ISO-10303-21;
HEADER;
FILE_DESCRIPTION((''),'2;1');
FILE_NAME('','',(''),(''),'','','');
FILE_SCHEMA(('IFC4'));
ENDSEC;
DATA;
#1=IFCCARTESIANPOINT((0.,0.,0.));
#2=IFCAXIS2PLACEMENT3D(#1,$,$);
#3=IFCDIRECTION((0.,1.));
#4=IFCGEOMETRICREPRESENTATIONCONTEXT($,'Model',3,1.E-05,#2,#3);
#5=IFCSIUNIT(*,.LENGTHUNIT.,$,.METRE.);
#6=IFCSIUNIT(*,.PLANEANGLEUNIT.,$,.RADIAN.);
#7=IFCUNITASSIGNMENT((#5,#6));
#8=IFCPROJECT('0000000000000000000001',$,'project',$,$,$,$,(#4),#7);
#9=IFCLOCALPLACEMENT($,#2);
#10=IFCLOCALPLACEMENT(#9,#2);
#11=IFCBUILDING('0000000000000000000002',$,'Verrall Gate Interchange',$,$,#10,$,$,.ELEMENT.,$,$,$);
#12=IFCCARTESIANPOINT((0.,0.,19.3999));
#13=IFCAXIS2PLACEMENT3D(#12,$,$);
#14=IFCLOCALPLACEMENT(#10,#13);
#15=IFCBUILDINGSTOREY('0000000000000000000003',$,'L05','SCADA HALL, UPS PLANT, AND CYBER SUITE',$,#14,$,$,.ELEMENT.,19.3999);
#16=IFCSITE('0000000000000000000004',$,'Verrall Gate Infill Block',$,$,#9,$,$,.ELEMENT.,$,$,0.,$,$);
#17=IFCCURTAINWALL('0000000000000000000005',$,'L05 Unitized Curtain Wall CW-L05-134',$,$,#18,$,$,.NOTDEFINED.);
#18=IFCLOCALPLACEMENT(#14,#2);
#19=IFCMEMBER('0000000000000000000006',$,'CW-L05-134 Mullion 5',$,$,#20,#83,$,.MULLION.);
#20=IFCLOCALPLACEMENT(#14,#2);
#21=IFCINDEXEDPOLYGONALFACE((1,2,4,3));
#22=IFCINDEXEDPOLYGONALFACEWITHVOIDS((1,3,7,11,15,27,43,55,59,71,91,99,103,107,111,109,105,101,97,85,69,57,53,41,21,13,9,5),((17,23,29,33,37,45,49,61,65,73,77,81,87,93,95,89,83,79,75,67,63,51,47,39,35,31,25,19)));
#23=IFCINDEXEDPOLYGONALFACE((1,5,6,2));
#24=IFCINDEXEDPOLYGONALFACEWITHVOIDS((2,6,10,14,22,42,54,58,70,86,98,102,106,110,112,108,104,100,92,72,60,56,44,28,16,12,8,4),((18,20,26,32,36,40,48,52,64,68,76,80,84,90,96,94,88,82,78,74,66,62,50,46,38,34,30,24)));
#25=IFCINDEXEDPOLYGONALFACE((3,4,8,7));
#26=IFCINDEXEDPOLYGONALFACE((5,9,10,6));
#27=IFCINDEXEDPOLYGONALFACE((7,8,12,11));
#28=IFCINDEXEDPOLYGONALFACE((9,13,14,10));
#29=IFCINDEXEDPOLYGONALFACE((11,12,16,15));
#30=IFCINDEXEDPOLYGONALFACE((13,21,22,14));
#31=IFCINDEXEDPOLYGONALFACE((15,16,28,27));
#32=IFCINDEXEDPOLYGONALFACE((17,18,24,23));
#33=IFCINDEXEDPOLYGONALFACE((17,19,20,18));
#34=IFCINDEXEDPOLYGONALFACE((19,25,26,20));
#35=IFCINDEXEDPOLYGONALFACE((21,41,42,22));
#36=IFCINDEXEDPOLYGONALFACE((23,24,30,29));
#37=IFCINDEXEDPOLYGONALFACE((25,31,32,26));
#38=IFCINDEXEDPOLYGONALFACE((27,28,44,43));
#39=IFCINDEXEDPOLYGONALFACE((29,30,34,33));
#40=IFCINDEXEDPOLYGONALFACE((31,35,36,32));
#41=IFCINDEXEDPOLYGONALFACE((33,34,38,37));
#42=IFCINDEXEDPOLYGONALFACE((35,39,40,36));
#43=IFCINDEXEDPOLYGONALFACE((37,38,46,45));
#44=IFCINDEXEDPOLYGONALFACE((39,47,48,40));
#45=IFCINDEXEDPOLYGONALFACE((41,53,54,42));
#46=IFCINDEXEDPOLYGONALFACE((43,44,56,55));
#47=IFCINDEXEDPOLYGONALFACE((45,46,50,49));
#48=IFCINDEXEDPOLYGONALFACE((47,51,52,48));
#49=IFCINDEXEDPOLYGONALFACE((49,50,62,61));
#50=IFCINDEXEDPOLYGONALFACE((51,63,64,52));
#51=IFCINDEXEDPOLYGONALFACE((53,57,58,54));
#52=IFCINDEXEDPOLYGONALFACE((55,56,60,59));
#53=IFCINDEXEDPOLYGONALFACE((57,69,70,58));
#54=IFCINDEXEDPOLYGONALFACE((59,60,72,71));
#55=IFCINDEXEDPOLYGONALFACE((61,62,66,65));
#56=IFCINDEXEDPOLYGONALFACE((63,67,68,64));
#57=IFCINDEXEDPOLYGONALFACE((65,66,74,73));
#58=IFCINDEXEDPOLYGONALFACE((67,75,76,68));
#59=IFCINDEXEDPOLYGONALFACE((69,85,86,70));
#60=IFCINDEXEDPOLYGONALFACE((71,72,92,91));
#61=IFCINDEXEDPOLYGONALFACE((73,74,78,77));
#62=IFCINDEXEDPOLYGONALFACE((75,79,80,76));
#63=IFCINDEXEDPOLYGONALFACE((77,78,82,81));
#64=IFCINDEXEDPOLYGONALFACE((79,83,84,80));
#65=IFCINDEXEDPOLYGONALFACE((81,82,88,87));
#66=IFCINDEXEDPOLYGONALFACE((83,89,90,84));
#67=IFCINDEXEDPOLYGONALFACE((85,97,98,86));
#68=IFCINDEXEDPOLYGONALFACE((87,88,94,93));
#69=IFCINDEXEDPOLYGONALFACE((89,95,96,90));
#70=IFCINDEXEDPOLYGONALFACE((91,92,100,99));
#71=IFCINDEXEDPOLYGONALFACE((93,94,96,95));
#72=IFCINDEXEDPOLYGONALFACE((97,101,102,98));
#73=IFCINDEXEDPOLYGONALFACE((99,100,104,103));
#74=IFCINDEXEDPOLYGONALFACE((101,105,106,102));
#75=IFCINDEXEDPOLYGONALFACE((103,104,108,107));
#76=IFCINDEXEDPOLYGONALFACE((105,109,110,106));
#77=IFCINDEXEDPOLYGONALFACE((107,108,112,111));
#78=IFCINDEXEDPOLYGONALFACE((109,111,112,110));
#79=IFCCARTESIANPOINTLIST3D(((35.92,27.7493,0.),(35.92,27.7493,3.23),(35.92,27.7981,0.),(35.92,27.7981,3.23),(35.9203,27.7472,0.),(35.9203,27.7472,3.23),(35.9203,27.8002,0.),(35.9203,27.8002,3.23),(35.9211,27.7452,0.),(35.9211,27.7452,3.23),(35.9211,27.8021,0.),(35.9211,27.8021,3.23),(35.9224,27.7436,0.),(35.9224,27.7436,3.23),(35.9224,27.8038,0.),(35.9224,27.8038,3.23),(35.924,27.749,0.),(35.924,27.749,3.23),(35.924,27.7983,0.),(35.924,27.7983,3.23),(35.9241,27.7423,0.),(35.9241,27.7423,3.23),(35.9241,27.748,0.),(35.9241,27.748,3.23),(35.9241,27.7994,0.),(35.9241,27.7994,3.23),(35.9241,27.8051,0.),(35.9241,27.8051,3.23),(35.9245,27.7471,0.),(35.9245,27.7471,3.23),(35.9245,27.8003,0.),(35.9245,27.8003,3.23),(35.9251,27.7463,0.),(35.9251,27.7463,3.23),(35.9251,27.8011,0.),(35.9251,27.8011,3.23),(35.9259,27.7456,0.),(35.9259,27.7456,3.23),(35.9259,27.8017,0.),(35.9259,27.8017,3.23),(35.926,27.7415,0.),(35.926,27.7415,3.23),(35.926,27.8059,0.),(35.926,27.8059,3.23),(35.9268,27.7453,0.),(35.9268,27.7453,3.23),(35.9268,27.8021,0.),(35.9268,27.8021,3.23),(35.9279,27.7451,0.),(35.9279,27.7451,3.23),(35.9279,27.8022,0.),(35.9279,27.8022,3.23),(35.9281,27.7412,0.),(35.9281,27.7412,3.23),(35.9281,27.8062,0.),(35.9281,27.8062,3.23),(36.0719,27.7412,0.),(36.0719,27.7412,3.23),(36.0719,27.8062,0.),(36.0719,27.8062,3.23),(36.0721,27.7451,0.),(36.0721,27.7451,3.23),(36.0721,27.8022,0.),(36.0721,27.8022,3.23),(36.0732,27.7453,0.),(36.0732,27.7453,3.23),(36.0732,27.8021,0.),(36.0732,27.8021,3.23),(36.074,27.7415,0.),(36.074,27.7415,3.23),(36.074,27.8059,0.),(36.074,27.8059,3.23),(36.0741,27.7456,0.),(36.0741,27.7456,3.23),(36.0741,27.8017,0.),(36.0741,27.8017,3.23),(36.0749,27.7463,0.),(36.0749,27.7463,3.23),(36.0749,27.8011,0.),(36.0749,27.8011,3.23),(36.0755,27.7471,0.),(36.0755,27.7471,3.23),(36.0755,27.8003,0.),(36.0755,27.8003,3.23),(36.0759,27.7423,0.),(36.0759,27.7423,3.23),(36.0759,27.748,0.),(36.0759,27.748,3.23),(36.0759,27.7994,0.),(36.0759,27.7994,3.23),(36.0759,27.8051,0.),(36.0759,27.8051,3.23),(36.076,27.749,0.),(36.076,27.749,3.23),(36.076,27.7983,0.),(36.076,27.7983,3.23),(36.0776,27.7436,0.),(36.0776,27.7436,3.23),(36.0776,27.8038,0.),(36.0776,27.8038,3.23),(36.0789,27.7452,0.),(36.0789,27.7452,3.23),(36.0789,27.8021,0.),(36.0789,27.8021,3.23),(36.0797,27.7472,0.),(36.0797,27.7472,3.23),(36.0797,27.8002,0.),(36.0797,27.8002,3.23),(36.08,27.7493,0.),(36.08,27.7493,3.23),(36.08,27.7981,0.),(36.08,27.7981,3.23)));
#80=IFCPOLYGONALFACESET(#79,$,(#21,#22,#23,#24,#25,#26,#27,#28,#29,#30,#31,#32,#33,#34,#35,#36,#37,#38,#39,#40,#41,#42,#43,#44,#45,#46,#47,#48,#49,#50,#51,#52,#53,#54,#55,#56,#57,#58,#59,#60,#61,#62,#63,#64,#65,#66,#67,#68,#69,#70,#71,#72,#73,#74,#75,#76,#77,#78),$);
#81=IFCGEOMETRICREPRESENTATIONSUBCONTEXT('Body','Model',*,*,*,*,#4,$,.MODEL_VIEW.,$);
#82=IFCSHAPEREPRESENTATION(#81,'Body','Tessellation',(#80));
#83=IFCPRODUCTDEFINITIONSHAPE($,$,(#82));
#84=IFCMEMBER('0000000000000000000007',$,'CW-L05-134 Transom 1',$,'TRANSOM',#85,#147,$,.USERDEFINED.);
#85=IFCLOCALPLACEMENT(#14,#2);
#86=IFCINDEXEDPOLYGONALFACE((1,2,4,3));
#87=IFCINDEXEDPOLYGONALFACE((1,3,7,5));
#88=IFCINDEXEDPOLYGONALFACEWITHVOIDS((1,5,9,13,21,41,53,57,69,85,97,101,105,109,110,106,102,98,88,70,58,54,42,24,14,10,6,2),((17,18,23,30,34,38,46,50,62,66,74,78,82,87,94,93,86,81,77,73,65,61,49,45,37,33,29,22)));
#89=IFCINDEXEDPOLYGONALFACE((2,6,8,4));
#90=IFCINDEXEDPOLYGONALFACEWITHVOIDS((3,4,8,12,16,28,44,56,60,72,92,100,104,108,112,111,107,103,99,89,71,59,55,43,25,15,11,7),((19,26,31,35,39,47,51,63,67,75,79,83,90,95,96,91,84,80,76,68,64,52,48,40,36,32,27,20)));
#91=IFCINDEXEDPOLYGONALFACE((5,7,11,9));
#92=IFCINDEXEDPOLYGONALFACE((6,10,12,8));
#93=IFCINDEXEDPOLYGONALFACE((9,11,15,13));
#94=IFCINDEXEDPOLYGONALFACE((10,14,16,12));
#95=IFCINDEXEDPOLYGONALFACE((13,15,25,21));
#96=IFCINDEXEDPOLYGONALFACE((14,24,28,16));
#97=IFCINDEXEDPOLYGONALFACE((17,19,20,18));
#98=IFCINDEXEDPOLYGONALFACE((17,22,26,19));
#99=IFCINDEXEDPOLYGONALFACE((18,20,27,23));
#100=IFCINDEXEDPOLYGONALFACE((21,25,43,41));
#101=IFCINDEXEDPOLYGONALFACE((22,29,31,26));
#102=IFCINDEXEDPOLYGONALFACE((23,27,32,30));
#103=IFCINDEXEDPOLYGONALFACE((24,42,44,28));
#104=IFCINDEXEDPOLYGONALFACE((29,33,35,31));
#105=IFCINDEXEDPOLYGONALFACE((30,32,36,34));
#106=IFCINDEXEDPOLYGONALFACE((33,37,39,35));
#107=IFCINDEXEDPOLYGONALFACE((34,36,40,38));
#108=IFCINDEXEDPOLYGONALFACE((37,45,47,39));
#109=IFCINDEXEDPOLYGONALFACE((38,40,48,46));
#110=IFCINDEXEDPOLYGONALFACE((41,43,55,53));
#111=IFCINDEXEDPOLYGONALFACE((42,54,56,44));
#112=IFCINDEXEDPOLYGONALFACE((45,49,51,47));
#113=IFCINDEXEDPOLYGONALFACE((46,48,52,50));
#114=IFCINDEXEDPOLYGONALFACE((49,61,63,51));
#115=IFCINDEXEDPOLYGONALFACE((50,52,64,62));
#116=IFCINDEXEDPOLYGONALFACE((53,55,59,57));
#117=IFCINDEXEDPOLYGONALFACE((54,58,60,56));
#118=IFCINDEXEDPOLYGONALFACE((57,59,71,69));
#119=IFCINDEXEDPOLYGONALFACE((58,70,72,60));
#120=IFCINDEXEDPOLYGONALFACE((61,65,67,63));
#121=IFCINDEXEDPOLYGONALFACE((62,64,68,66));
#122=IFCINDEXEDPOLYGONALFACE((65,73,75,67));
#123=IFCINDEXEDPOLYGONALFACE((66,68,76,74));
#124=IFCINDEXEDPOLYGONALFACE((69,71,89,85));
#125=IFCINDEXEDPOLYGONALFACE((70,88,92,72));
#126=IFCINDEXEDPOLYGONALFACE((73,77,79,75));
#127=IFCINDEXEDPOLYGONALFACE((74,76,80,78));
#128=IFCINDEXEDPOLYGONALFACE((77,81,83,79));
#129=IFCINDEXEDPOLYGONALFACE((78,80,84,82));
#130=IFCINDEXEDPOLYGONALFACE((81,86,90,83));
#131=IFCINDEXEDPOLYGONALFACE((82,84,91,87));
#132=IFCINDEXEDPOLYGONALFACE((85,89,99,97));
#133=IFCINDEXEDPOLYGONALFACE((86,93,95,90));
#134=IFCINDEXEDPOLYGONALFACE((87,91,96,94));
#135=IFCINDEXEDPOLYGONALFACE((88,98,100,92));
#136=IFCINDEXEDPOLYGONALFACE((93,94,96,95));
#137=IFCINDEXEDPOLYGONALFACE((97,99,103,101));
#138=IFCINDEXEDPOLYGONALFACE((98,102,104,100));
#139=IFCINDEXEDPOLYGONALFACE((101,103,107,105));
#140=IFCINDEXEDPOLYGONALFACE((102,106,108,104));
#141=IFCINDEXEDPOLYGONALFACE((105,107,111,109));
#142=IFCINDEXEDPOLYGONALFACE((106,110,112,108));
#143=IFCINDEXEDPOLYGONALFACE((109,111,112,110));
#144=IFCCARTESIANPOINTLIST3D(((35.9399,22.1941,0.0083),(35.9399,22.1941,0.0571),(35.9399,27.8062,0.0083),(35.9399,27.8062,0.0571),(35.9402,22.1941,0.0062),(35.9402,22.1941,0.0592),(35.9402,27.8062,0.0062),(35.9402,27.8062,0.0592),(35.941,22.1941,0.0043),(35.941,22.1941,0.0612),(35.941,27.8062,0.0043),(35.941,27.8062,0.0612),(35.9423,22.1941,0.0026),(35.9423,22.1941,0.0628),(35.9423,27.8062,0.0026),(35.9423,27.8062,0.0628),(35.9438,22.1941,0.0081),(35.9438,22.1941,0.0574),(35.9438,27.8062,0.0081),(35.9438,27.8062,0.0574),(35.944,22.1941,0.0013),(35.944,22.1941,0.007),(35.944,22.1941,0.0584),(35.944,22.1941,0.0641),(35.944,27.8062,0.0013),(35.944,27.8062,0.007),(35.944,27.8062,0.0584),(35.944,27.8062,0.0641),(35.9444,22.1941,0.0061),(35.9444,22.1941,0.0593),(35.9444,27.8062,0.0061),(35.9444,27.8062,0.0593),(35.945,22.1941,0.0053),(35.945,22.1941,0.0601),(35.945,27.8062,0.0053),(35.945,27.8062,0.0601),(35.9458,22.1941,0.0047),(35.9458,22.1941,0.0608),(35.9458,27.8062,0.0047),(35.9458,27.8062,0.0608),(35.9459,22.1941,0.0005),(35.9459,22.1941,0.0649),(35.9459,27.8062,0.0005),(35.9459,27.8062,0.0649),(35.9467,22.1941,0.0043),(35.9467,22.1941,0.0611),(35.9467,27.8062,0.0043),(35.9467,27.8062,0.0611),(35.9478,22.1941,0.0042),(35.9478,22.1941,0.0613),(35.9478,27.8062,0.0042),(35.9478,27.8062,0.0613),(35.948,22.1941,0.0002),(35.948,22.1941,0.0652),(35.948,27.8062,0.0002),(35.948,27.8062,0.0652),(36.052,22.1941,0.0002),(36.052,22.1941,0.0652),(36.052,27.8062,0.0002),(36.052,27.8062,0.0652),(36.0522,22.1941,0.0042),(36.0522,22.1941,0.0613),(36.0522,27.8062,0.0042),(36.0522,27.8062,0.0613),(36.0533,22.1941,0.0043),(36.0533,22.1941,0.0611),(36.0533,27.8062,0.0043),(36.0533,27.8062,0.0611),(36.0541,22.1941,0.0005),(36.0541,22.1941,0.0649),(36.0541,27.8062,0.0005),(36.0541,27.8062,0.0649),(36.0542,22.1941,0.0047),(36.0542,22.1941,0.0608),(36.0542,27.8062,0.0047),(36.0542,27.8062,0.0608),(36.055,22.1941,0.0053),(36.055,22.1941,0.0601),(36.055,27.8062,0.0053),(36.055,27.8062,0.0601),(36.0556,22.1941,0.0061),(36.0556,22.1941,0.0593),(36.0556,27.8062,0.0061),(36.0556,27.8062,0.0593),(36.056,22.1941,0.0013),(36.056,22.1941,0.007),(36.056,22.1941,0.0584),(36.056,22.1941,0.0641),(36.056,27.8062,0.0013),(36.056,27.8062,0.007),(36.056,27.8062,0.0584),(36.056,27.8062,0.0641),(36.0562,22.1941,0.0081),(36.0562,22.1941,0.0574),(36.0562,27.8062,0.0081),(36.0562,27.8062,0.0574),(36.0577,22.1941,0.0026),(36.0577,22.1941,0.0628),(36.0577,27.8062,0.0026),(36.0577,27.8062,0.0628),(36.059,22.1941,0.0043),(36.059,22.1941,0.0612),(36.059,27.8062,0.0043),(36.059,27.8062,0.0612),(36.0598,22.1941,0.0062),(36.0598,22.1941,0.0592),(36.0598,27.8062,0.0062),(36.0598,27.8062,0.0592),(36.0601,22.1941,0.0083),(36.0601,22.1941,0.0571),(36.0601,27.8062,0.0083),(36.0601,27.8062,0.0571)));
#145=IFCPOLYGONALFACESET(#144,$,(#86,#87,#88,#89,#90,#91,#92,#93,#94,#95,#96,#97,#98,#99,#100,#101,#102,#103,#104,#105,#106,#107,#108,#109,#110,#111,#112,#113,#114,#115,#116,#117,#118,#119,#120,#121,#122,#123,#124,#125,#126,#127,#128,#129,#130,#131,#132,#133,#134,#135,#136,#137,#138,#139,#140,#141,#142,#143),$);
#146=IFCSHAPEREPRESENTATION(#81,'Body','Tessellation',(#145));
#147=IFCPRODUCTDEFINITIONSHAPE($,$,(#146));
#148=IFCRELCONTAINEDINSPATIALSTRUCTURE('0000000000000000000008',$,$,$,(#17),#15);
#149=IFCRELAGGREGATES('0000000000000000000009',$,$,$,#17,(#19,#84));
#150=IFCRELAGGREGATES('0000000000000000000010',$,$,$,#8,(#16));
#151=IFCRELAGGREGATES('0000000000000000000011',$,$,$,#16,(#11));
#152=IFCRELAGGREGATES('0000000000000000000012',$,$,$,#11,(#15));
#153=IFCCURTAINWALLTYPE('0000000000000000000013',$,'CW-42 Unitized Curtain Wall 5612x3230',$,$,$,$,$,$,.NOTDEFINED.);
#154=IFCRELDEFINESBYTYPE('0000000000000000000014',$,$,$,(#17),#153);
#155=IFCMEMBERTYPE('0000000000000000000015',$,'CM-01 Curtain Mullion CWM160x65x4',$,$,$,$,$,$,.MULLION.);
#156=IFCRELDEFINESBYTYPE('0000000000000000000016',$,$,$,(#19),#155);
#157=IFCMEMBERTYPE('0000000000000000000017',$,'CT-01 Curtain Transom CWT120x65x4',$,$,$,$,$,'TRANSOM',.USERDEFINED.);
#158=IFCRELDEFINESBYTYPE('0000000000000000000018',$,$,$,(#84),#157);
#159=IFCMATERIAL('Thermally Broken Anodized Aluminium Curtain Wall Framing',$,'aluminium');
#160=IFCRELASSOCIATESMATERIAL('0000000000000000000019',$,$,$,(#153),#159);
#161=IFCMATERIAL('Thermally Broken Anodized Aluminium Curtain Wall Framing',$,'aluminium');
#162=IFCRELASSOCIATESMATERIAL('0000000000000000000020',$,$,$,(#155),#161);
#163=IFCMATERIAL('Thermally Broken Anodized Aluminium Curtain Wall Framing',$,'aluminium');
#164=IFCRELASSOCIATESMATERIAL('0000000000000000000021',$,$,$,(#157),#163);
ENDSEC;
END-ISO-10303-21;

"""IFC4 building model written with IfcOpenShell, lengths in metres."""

from ifc_helpers import new_model, si_unit, direction, frame, origin, origin_2d, place, context, subcontext, project, spatial, hollow_rectangle, extrude, material, material_profile, profile_set, type_object, element, aggregate, save


model = new_model("IFC4")

# Units and contexts
model_context = context("Model", 3, precision=1e-05, world=origin(), true_north=direction((0.0, 1.0)))
body_context = subcontext(model_context, "Body", "Model", "MODEL_VIEW")
ifc_project = project(units=[si_unit("LENGTHUNIT", "METRE"), si_unit("PLANEANGLEUNIT", "RADIAN")], contexts=[model_context])

# Site, building, storey
site_placement = place(None, origin())
site = spatial("IfcSite", under=ifc_project, at=site_placement, Name="Verrall Gate Infill Block", CompositionType="ELEMENT", RefElevation=0.0)
building_placement = place(site_placement, origin())
building = spatial("IfcBuilding", under=site, at=building_placement, Name="Verrall Gate Interchange", CompositionType="ELEMENT")
storey_placement = place(building_placement, frame((0.0, 0.0, 19.3999)))
storey = spatial("IfcBuildingStorey", under=building, at=storey_placement, Name="L05", Description="SCADA HALL, UPS PLANT, AND CYBER SUITE", CompositionType="ELEMENT", Elevation=19.3999)

# Curtain wall, members
ifc_material_1 = material(Name="Thermally Broken Anodized Aluminium Curtain Wall Framing", Category="aluminium")
curtain_wall_type = type_object("IfcCurtainWallType", Name="CW-42 Unitized Curtain Wall 5612x3230", PredefinedType="NOTDEFINED", material=ifc_material_1)
curtain_wall_placement = place(storey_placement, origin())
curtain_wall = element("IfcCurtainWall", 1, at=curtain_wall_placement, inside=storey, type_object=curtain_wall_type, Name="L05 Unitized Curtain Wall CW-L05-134", PredefinedType="NOTDEFINED")
ifc_material_2 = material(Name="Thermally Broken Anodized Aluminium Curtain Wall Framing", Category="aluminium")
ifc_material_profile_1 = material_profile(ifc_material_2, hollow_rectangle(XDim=0.0649, YDim=0.1599, WallThickness=0.0039, InnerFilletRadius=0.0039, OuterFilletRadius=0.0081, at=origin_2d()), Name="CWM160x65x4")
ifc_profile_set_1 = profile_set([ifc_material_profile_1], Name="Thermally Broken Anodized Aluminium Curtain Wall Framing")
member_type_1 = type_object("IfcMemberType", Name="CM-01 Curtain Mullion CWM160x65x4", PredefinedType="MULLION", material=ifc_profile_set_1)
member_1_placement = place(storey_placement, frame((36.0, 27.7737, 0.0), z_axis=(0.0, 0.0, 1.0), x_axis=(0.0, 1.0, 0.0)))
member_1 = element("IfcMember", 2, at=member_1_placement, type_object=member_type_1, Name="CW-L05-134 Mullion 5", PredefinedType="MULLION", context=body_context, shape_type="SweptSolid", body=[
    extrude(hollow_rectangle(XDim=0.0649, YDim=0.1599, WallThickness=0.0039, InnerFilletRadius=0.0039, OuterFilletRadius=0.0081, at=origin_2d()), origin(), (0.0, 0.0, 1.0), 3.23),
])
ifc_material_3 = material(Name="Thermally Broken Anodized Aluminium Curtain Wall Framing", Category="aluminium")
ifc_material_profile_2 = material_profile(ifc_material_3, hollow_rectangle(XDim=0.1201, YDim=0.0649, WallThickness=0.0039, InnerFilletRadius=0.0039, OuterFilletRadius=0.0081, at=origin_2d()), Name="CWT120x65x4")
ifc_profile_set_2 = profile_set([ifc_material_profile_2], Name="Thermally Broken Anodized Aluminium Curtain Wall Framing")
member_type_2 = type_object("IfcMemberType", Name="CT-01 Curtain Transom CWT120x65x4", ElementType="TRANSOM", PredefinedType="USERDEFINED", material=ifc_profile_set_2)
member_2_placement = place(storey_placement, frame((36.0, 22.1941, 0.0327), z_axis=(0.0, 1.0, 0.0), x_axis=(-1.0, 0.0, 0.0)))
member_2 = element("IfcMember", 3, at=member_2_placement, type_object=member_type_2, Name="CW-L05-134 Transom 1", ObjectType="TRANSOM", PredefinedType="USERDEFINED", context=body_context, shape_type="SweptSolid", body=[
    extrude(hollow_rectangle(XDim=0.1201, YDim=0.0649, WallThickness=0.0039, InnerFilletRadius=0.0039, OuterFilletRadius=0.0081, at=origin_2d()), origin(), (0.0, 0.0, 1.0), 5.6121),
])

aggregate(curtain_wall, [member_1, member_2])

save(model, "model.ifc")
